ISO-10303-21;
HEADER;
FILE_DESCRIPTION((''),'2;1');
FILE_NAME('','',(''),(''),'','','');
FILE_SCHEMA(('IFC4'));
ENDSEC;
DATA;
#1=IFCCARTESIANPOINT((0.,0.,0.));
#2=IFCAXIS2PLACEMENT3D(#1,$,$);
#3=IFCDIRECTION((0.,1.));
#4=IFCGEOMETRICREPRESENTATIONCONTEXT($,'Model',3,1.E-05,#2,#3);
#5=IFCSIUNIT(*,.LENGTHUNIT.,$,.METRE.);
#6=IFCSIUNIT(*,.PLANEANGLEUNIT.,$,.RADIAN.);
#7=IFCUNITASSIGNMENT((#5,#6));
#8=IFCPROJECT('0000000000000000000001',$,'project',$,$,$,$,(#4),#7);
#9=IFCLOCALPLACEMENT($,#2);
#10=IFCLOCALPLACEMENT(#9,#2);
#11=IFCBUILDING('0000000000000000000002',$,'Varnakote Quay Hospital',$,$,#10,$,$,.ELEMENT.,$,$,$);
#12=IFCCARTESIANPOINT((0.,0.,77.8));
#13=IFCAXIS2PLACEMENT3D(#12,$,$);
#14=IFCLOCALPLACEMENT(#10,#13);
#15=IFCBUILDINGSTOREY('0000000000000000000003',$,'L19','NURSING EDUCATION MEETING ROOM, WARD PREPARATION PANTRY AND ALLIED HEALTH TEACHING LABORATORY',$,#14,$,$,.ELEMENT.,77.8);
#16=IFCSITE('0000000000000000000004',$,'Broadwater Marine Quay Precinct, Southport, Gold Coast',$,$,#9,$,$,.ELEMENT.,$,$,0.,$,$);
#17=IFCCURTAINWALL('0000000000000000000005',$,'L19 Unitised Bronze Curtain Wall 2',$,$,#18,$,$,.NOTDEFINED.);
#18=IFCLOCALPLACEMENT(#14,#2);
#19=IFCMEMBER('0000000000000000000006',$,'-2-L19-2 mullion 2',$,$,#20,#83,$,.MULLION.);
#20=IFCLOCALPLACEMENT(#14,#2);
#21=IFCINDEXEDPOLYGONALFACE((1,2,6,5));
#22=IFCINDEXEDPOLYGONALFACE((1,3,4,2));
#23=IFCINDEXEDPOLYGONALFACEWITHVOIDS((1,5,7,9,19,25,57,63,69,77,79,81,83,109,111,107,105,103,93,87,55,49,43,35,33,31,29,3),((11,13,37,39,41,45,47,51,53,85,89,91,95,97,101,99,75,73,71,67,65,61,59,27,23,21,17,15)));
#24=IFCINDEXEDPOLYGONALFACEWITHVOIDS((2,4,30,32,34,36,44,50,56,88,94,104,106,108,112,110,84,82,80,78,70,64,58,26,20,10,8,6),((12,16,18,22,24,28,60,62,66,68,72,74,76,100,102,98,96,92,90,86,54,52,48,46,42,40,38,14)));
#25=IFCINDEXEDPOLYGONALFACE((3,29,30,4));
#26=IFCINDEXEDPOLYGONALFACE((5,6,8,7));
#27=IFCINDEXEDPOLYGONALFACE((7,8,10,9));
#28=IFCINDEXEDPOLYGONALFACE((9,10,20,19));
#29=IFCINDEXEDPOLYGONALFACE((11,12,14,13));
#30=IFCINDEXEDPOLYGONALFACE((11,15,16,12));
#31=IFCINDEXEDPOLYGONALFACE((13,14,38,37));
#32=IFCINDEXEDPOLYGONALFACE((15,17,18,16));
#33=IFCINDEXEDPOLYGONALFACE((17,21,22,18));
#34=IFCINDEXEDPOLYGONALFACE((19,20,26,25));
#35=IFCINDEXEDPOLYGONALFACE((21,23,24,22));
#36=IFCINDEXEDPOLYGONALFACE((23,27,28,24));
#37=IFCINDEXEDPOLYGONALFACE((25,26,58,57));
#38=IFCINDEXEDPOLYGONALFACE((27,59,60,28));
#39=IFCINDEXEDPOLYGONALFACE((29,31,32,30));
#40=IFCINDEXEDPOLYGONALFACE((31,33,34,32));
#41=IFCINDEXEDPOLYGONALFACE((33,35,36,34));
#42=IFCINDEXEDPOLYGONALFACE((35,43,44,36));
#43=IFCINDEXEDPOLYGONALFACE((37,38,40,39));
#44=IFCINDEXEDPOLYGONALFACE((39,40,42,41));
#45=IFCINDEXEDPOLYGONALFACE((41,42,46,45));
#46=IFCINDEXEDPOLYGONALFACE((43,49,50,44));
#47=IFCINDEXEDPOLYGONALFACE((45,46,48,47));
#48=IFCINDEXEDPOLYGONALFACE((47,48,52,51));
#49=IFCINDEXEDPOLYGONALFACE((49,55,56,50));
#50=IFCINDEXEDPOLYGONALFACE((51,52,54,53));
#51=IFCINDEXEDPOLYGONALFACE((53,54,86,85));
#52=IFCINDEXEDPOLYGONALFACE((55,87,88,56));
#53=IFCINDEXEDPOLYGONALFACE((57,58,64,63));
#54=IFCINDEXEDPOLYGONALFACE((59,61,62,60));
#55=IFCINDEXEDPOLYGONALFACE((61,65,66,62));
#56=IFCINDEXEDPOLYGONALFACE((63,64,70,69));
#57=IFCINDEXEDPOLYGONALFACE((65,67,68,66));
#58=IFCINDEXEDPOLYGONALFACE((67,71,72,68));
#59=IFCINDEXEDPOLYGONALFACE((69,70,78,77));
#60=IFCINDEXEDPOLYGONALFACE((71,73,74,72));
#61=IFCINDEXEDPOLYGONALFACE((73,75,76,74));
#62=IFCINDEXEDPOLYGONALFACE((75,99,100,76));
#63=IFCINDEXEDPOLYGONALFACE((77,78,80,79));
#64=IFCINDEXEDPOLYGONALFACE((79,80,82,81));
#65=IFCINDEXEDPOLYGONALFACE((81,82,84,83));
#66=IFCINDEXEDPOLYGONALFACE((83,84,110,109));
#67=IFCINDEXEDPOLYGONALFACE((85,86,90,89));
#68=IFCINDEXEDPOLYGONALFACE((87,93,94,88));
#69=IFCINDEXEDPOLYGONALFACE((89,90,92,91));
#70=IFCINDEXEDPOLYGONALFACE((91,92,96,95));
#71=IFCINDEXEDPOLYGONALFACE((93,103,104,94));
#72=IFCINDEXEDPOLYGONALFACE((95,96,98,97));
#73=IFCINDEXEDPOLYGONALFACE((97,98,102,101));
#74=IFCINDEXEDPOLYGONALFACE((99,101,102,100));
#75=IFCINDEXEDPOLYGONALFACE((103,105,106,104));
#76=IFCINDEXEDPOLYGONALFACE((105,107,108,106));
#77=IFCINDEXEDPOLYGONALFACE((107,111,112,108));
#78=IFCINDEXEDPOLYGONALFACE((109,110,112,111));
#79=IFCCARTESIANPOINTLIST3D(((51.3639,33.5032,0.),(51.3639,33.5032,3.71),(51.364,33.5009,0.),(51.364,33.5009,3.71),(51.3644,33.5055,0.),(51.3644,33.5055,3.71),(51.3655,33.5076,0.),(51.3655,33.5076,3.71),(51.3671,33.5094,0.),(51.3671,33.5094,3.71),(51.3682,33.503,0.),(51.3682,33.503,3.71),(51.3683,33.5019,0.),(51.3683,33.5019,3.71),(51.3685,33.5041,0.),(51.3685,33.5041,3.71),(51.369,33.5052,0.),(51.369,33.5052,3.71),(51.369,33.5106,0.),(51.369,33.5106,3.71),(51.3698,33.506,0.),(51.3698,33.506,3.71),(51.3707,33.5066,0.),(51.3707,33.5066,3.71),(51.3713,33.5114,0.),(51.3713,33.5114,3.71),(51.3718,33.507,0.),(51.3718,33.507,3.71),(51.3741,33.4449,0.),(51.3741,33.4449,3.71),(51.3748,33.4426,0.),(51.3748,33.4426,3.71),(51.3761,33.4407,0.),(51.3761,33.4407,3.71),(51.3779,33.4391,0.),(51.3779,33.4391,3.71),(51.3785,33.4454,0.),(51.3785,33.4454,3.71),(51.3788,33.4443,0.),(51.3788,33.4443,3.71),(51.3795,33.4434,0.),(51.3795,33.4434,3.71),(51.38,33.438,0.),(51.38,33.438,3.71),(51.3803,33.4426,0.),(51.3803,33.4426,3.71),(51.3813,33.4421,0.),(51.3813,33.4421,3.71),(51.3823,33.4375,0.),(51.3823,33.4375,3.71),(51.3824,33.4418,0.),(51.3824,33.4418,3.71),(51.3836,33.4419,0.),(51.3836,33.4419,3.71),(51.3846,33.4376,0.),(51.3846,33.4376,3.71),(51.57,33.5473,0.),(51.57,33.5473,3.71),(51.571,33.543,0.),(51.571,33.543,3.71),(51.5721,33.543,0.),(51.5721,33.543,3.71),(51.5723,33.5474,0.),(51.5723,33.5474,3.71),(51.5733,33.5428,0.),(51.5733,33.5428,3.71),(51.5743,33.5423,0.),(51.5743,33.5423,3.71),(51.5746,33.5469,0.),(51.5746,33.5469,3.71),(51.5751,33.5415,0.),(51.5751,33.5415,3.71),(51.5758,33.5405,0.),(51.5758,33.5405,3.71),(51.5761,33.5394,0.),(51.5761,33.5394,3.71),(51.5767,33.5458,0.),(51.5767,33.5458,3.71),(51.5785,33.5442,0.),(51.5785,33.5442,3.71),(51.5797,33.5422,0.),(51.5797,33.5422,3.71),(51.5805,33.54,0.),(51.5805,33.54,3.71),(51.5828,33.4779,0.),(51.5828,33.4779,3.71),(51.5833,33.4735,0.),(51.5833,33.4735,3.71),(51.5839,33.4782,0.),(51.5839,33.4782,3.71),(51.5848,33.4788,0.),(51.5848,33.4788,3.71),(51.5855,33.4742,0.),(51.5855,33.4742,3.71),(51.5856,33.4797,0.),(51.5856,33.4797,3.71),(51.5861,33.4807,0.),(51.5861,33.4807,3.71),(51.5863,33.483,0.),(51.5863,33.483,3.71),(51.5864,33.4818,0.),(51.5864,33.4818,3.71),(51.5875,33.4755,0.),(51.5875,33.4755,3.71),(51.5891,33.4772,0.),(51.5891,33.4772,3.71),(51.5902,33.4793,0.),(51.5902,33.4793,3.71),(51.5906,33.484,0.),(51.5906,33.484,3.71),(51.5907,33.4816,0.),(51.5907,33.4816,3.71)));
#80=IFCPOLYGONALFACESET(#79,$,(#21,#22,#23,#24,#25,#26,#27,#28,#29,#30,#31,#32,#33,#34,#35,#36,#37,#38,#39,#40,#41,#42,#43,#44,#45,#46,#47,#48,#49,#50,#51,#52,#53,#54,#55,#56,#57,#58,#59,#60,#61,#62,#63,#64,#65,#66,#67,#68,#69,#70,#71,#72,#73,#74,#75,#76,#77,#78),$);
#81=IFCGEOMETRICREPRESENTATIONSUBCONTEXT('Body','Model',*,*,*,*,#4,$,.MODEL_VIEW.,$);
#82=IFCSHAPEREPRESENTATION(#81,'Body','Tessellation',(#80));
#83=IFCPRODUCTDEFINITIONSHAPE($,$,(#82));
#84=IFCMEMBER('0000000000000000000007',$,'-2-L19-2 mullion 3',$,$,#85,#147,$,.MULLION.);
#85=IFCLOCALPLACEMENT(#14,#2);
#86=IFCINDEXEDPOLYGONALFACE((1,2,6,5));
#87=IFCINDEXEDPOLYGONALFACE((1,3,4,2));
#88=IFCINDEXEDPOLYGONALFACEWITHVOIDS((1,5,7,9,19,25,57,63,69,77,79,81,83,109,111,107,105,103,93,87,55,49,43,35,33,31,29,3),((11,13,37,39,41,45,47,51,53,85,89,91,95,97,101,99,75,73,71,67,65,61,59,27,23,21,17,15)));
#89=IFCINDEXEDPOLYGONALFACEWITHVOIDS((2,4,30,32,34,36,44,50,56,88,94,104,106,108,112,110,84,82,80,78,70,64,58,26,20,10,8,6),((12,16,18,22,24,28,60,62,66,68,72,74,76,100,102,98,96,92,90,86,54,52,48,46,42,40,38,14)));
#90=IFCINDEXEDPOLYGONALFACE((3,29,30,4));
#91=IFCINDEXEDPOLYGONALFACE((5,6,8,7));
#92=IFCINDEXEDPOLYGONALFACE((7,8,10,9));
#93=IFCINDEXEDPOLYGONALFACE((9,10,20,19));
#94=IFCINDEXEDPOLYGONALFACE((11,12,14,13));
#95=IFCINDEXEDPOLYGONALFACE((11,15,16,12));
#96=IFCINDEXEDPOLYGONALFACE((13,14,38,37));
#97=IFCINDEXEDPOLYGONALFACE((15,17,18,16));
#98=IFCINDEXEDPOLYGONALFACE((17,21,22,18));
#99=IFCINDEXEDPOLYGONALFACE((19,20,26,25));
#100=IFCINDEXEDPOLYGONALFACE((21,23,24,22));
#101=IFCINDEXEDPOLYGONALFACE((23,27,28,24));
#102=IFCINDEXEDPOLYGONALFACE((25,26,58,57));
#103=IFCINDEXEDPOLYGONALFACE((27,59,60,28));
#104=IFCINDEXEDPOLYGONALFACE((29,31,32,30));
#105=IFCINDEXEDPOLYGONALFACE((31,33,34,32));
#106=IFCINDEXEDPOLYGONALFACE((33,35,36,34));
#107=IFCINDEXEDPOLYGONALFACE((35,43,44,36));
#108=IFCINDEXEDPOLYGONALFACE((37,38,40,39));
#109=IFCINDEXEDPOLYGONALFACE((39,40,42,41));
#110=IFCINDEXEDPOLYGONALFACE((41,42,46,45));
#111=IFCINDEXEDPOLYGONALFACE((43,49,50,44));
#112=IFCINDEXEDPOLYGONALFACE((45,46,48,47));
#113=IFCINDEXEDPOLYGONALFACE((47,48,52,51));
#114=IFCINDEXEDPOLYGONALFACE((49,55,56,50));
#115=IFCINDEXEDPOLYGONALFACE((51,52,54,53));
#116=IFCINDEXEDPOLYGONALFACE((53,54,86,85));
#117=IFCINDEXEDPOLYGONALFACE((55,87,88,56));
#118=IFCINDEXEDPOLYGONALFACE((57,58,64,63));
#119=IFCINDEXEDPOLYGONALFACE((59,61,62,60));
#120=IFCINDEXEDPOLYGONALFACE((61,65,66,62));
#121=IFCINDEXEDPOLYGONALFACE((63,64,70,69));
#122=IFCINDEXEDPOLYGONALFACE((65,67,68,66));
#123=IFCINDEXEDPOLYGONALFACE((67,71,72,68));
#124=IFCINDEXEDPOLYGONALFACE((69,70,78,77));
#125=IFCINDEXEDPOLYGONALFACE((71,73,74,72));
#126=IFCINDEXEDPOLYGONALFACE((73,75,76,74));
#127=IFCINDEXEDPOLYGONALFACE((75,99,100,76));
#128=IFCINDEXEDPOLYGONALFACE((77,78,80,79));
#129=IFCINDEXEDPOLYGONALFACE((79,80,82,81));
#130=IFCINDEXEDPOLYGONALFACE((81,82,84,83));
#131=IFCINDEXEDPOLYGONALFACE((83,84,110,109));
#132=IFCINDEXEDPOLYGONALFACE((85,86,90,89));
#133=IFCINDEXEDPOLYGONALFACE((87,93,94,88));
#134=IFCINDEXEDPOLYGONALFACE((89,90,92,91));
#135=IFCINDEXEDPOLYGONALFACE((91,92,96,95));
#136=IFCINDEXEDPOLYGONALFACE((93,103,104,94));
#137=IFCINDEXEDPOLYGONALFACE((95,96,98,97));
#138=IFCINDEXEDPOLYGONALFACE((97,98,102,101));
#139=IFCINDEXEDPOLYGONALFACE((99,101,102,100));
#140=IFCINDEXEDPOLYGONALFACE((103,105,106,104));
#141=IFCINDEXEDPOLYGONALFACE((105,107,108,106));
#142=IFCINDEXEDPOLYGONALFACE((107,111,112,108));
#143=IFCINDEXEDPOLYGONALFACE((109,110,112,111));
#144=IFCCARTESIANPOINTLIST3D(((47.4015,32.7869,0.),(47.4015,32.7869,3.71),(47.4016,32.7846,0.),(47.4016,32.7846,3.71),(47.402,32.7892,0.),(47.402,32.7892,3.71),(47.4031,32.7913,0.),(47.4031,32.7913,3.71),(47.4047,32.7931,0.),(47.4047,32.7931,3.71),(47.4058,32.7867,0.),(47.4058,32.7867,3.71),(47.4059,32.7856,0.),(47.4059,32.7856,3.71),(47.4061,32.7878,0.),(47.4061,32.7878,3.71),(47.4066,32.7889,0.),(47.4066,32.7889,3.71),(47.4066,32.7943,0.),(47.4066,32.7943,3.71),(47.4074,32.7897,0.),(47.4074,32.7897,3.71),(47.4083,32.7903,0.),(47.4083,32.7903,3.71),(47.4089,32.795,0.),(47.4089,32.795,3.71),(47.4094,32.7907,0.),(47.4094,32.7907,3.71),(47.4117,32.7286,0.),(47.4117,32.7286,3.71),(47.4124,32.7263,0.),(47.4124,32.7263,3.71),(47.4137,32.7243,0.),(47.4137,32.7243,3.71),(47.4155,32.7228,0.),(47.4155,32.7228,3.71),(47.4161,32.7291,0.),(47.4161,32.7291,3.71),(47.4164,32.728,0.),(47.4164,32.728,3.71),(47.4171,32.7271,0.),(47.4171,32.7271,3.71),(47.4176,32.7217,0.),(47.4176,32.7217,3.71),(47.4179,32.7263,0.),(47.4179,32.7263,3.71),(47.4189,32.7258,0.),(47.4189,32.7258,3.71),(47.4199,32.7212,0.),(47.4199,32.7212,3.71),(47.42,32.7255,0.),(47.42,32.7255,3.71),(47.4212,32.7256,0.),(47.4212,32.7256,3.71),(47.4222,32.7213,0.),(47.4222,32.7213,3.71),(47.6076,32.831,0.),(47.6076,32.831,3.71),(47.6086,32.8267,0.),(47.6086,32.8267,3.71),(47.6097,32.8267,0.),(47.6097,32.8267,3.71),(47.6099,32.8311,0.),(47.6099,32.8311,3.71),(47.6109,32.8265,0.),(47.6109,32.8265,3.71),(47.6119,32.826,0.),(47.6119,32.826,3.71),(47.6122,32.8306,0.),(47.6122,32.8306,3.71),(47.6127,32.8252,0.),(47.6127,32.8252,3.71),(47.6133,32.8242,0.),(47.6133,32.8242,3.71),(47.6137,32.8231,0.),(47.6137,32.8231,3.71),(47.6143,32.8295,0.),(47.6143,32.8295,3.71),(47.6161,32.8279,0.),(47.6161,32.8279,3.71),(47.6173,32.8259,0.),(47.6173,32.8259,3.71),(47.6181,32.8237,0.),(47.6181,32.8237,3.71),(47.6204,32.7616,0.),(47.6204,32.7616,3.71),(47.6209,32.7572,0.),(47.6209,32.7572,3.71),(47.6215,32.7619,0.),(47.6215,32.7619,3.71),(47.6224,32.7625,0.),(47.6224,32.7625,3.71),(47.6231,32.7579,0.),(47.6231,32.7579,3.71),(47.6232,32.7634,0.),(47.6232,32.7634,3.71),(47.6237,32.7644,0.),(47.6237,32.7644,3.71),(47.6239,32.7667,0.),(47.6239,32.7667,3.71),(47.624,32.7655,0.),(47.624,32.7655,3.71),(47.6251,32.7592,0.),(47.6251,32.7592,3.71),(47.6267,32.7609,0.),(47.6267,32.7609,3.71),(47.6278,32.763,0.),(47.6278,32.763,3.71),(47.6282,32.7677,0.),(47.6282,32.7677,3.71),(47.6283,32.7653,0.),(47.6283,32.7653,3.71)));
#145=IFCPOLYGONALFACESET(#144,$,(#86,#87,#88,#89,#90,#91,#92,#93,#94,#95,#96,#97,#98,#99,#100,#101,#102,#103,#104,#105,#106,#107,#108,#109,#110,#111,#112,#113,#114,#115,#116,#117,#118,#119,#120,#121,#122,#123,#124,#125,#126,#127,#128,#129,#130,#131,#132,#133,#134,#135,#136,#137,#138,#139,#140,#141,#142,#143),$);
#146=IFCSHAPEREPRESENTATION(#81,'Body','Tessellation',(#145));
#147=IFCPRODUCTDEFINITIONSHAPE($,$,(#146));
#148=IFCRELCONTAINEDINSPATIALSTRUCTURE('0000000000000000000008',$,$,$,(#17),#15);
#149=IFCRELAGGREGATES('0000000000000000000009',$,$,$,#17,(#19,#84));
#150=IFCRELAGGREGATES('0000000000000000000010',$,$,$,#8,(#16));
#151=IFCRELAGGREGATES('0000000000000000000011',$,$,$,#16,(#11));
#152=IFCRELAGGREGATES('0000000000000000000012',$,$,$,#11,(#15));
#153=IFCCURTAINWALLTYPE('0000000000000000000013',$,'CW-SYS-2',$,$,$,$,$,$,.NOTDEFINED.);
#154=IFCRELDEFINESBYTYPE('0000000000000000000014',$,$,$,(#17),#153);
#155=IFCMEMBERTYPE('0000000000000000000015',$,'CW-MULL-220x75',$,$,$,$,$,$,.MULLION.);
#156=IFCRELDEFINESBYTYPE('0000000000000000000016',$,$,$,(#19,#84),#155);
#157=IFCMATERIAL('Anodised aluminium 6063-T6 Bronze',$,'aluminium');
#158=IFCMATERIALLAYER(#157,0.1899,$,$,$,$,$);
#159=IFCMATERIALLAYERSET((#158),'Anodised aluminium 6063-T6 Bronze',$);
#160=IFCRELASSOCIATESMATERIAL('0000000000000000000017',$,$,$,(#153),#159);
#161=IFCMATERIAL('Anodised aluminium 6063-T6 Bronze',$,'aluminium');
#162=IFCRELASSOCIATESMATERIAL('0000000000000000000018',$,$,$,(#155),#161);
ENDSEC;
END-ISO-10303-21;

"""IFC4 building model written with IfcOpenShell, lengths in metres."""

from ifc_helpers import new_model, si_unit, direction, frame, origin, origin_2d, place, context, subcontext, project, spatial, hollow_rectangle, extrude, material, layer, layer_set, material_profile, profile_set, type_object, element, aggregate, save


model = new_model("IFC4")

# Units and contexts
model_context = context("Model", 3, precision=1e-05, world=origin(), true_north=direction((0.0, 1.0)))
body_context = subcontext(model_context, "Body", "Model", "MODEL_VIEW")
ifc_project = project(units=[si_unit("LENGTHUNIT", "METRE"), si_unit("PLANEANGLEUNIT", "RADIAN")], contexts=[model_context])

# Site, building, storey
site_placement = place(None, origin())
site = spatial("IfcSite", under=ifc_project, at=site_placement, Name="Broadwater Marine Quay Precinct, Southport, Gold Coast", CompositionType="ELEMENT", RefElevation=0.0)
building_placement = place(site_placement, origin())
building = spatial("IfcBuilding", under=site, at=building_placement, Name="Varnakote Quay Hospital", CompositionType="ELEMENT")
storey_placement = place(building_placement, frame((0.0, 0.0, 77.8)))
storey = spatial("IfcBuildingStorey", under=building, at=storey_placement, Name="L19", Description="NURSING EDUCATION MEETING ROOM, WARD PREPARATION PANTRY AND ALLIED HEALTH TEACHING LABORATORY", CompositionType="ELEMENT", Elevation=77.8)

# Shared definitions
ifc_material_1 = material(Name="Anodised aluminium 6063-T6 Bronze", Category="aluminium")
ifc_layer_1 = layer(ifc_material_1, 0.1899)
ifc_layer_set_1 = layer_set([ifc_layer_1], Name="Anodised aluminium 6063-T6 Bronze")
curtain_wall_type = type_object("IfcCurtainWallType", Name="CW-SYS-2", PredefinedType="NOTDEFINED", material=ifc_layer_set_1)
ifc_material_2 = material(Name="Anodised aluminium 6063-T6 Bronze", Category="aluminium")
ifc_material_profile_1 = material_profile(ifc_material_2, hollow_rectangle(XDim=0.075, YDim=0.22, WallThickness=0.0044, InnerFilletRadius=0.0044, OuterFilletRadius=0.009, at=origin_2d()), Name="CW-MULL-220x75")
ifc_profile_set_1 = profile_set([ifc_material_profile_1], Name="Anodised aluminium 6063-T6 Bronze")
member_type_1 = type_object("IfcMemberType", Name="CW-MULL-220x75", PredefinedType="MULLION", material=ifc_profile_set_1)

# Curtain wall, members
curtain_wall_1_placement = place(storey_placement, origin())
curtain_wall_1 = element("IfcCurtainWall", 1, at=curtain_wall_1_placement, inside=storey, type_object=curtain_wall_type, Name="L19 Unitised Bronze Curtain Wall 2", PredefinedType="NOTDEFINED")
member_1_placement = place(storey_placement, frame((51.4773, 33.4924, 0.0), z_axis=(0.0, 0.0, 1.0), x_axis=(0.177846, -0.984058, 0.0)))
member_1 = element("IfcMember", 2, at=member_1_placement, type_object=member_type_1, Name="-2-L19-2 mullion 2", PredefinedType="MULLION", context=body_context, shape_type="SweptSolid", body=[
    extrude(hollow_rectangle(XDim=0.075, YDim=0.22, WallThickness=0.0044, InnerFilletRadius=0.0044, OuterFilletRadius=0.009, at=origin_2d()), origin(), (0.0, 0.0, 1.0), 3.71),
])
member_2_placement = place(storey_placement, frame((47.5149, 32.7761, 0.0), z_axis=(0.0, 0.0, 1.0), x_axis=(0.177846, -0.984058, 0.0)))
member_2 = element("IfcMember", 3, at=member_2_placement, type_object=member_type_1, Name="-2-L19-2 mullion 3", PredefinedType="MULLION", context=body_context, shape_type="SweptSolid", body=[
    extrude(hollow_rectangle(XDim=0.075, YDim=0.22, WallThickness=0.0044, InnerFilletRadius=0.0044, OuterFilletRadius=0.009, at=origin_2d()), origin(), (0.0, 0.0, 1.0), 3.71),
])
aggregate(curtain_wall_1, [member_1, member_2])

save(model, "model.ifc")
